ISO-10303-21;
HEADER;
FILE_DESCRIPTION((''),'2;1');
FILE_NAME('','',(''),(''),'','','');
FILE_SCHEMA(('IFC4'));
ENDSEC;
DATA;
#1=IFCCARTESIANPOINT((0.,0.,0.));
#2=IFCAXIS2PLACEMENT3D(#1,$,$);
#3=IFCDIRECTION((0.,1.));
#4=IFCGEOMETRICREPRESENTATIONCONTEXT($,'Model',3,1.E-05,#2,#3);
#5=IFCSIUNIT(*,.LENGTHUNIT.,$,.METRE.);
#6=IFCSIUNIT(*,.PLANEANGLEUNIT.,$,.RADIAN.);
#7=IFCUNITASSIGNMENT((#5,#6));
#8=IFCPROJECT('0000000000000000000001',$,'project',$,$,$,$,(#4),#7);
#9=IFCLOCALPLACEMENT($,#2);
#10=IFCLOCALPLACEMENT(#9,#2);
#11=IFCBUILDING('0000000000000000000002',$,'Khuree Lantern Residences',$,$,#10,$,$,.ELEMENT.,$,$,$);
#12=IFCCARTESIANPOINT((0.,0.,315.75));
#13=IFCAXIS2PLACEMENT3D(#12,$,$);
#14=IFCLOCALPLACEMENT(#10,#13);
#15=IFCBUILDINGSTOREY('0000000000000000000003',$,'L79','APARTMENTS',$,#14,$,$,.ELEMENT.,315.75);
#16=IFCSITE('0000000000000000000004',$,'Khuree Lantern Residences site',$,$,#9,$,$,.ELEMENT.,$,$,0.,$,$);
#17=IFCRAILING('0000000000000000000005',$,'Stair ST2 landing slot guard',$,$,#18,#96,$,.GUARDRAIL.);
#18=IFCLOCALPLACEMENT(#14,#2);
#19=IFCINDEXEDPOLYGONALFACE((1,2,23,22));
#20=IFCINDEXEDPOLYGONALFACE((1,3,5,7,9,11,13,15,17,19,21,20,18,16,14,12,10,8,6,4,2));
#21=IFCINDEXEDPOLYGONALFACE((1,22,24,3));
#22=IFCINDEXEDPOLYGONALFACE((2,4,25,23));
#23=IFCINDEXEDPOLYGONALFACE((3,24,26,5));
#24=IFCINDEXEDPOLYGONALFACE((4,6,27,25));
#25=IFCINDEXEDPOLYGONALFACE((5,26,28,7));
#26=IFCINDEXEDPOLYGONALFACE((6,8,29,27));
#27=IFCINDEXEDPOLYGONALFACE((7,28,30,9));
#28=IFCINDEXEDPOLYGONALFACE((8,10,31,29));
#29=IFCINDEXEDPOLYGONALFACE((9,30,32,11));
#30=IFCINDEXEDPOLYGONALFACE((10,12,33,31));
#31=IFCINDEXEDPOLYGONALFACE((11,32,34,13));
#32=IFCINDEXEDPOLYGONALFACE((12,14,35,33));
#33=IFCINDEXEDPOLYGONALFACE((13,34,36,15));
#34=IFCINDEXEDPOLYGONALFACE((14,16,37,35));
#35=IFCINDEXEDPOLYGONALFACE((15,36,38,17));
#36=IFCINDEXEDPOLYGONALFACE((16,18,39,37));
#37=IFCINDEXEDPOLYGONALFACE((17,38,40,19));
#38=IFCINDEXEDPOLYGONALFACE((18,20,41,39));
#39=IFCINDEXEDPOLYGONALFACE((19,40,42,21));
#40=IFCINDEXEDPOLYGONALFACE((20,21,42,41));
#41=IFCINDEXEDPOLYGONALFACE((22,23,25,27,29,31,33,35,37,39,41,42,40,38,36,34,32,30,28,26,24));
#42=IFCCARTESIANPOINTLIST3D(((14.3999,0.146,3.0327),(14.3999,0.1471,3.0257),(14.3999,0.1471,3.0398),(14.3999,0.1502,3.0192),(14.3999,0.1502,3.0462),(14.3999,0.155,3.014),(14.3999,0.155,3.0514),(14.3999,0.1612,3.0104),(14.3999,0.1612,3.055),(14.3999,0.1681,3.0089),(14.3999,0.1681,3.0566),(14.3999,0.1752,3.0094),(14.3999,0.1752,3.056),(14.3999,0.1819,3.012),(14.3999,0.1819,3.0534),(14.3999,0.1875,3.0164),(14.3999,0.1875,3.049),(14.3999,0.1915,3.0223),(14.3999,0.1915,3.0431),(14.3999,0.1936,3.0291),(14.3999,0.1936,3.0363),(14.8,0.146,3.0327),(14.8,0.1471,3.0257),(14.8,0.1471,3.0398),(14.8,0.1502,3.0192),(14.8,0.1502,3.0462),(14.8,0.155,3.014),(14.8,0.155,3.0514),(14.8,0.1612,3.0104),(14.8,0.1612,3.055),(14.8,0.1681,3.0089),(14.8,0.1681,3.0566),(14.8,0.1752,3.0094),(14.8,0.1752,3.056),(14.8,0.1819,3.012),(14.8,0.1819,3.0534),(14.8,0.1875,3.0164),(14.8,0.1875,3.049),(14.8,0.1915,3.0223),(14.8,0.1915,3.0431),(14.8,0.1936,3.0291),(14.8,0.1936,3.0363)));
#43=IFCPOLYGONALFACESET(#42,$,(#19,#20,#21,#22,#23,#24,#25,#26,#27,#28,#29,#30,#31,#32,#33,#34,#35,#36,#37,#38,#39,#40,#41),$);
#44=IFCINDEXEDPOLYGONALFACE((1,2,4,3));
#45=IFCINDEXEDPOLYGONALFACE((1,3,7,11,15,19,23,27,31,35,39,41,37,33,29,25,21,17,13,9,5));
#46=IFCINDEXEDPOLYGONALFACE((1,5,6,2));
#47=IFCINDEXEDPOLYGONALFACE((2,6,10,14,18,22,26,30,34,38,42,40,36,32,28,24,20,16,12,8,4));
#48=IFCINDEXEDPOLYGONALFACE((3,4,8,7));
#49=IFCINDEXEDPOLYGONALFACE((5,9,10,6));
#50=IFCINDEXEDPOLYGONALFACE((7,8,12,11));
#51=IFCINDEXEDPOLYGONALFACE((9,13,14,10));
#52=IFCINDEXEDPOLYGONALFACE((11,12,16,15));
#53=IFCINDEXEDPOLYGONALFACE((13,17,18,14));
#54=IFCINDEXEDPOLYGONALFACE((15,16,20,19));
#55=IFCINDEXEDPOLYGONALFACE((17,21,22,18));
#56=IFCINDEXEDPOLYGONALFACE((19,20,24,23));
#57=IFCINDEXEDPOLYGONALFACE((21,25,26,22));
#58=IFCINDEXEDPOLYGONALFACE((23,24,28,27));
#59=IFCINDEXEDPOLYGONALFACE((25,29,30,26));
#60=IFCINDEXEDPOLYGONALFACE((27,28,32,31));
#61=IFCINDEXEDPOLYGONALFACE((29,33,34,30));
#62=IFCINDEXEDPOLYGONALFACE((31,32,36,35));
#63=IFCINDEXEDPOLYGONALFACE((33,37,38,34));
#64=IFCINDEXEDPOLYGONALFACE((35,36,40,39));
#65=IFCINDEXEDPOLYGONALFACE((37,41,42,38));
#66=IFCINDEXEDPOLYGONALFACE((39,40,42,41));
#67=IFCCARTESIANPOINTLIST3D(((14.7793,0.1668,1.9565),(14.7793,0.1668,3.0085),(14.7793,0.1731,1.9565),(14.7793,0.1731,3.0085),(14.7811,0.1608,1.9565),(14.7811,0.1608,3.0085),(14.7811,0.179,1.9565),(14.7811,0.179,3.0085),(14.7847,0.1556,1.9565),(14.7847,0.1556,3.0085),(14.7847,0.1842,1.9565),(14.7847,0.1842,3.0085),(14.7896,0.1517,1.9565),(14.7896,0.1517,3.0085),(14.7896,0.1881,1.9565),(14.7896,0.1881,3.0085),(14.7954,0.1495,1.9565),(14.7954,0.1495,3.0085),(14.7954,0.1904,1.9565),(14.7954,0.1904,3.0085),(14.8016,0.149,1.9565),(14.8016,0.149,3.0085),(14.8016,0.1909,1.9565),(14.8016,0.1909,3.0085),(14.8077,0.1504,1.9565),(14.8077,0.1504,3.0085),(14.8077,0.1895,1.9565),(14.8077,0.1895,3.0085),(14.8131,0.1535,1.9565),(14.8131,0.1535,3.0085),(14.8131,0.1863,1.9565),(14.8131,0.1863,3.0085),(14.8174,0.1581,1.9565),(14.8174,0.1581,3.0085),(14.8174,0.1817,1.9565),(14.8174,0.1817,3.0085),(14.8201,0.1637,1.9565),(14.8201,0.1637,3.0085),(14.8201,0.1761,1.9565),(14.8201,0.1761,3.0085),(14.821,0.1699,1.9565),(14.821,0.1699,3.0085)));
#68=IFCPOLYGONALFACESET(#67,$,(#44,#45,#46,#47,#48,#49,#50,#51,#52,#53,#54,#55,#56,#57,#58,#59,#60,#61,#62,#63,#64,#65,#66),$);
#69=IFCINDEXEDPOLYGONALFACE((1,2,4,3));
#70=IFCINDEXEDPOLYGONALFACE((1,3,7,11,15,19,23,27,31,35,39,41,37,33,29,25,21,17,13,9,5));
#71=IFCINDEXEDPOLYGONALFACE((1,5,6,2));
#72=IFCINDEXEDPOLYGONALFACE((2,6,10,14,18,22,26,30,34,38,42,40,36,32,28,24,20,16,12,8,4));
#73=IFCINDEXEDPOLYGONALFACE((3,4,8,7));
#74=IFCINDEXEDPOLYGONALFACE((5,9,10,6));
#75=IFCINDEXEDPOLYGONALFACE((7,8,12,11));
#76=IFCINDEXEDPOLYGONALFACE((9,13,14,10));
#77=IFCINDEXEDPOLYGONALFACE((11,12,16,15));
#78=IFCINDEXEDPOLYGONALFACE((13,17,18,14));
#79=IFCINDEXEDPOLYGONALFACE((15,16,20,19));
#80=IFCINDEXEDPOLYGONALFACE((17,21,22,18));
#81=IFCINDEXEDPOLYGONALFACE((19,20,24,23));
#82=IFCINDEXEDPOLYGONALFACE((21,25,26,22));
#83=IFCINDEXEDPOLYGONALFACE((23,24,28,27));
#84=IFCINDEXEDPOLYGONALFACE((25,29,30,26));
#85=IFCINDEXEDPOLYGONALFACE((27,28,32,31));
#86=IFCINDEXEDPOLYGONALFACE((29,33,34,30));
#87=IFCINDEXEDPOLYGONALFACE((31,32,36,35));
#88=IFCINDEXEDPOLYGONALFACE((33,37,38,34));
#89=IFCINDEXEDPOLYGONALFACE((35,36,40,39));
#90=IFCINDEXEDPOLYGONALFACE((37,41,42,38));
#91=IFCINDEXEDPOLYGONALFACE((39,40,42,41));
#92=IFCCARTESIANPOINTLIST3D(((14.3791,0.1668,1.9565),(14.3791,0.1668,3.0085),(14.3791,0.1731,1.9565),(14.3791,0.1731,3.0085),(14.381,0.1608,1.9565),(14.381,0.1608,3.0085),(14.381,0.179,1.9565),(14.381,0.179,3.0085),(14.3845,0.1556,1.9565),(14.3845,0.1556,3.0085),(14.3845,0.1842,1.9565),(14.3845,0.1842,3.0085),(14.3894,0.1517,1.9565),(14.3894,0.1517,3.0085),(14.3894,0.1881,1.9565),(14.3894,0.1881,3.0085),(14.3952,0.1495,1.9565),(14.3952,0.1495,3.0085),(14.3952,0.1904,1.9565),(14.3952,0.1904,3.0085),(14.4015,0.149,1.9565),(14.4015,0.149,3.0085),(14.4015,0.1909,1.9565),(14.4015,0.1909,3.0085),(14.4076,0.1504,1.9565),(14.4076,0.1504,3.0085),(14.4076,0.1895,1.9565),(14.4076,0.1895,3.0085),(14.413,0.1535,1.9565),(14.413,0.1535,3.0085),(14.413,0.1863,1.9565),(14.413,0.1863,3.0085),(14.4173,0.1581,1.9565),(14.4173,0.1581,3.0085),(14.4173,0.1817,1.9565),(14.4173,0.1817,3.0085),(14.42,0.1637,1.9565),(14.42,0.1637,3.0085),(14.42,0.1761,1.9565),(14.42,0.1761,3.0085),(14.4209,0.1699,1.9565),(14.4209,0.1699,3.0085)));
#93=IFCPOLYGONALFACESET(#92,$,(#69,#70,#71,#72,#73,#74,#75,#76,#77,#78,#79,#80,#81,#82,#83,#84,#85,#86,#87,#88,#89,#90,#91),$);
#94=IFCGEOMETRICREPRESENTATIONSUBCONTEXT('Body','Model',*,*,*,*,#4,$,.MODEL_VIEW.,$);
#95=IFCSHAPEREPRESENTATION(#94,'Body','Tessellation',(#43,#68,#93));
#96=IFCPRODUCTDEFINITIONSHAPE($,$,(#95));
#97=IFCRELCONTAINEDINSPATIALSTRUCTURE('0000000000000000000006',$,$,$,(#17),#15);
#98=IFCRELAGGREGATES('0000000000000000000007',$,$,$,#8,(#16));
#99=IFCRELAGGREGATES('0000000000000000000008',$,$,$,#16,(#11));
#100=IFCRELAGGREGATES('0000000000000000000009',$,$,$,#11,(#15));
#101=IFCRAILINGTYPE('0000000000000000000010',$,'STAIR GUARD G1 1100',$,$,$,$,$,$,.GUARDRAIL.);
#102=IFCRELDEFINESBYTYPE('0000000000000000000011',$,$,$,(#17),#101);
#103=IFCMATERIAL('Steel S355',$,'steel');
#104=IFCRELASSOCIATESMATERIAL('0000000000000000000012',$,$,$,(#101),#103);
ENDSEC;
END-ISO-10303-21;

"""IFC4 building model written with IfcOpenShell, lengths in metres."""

from ifc_helpers import new_model, si_unit, direction, frame, origin, origin_2d, place, context, subcontext, project, spatial, circle, extrude, material, type_object, element, save


model = new_model("IFC4")

# Units and contexts
model_context = context("Model", 3, precision=1e-05, world=origin(), true_north=direction((0.0, 1.0)))
body_context = subcontext(model_context, "Body", "Model", "MODEL_VIEW")
ifc_project = project(units=[si_unit("LENGTHUNIT", "METRE"), si_unit("PLANEANGLEUNIT", "RADIAN")], contexts=[model_context])

# Site, building, storey
site_placement = place(None, origin())
site = spatial("IfcSite", under=ifc_project, at=site_placement, Name="Khuree Lantern Residences site", CompositionType="ELEMENT", RefElevation=0.0)
building_placement = place(site_placement, origin())
building = spatial("IfcBuilding", under=site, at=building_placement, Name="Khuree Lantern Residences", CompositionType="ELEMENT")
storey_placement = place(building_placement, frame((0.0, 0.0, 315.75)))
storey = spatial("IfcBuildingStorey", under=building, at=storey_placement, Name="L79", Description="APARTMENTS", CompositionType="ELEMENT", Elevation=315.75)

# Railing
ifc_material_1 = material(Name="Steel S355", Category="steel")
railing_type = type_object("IfcRailingType", Name="STAIR GUARD G1 1100", PredefinedType="GUARDRAIL", material=ifc_material_1)
railing_placement = place(storey_placement, frame((14.8, 0.1699, 1.9565)))
element("IfcRailing", 1, at=railing_placement, inside=storey, type_object=railing_type, Name="Stair ST2 landing slot guard", PredefinedType="GUARDRAIL", context=body_context, shape_type="SweptSolid", body=[
    extrude(circle(Radius=0.0239, at=origin_2d()), frame((0.0, 0.0, 1.0762), z_axis=(-1.0, 0.0, 0.0), x_axis=(0.0, -1.0, 0.0)), (0.0, 0.0, 1.0), 0.4001),
    extrude(circle(Radius=0.021, at=origin_2d()), origin(), (0.0, 0.0, 1.0), 1.052),
    extrude(circle(Radius=0.021, at=origin_2d()), frame((-0.4001, 0.0, 0.0)), (0.0, 0.0, 1.0), 1.052),
])

save(model, "model.ifc")
